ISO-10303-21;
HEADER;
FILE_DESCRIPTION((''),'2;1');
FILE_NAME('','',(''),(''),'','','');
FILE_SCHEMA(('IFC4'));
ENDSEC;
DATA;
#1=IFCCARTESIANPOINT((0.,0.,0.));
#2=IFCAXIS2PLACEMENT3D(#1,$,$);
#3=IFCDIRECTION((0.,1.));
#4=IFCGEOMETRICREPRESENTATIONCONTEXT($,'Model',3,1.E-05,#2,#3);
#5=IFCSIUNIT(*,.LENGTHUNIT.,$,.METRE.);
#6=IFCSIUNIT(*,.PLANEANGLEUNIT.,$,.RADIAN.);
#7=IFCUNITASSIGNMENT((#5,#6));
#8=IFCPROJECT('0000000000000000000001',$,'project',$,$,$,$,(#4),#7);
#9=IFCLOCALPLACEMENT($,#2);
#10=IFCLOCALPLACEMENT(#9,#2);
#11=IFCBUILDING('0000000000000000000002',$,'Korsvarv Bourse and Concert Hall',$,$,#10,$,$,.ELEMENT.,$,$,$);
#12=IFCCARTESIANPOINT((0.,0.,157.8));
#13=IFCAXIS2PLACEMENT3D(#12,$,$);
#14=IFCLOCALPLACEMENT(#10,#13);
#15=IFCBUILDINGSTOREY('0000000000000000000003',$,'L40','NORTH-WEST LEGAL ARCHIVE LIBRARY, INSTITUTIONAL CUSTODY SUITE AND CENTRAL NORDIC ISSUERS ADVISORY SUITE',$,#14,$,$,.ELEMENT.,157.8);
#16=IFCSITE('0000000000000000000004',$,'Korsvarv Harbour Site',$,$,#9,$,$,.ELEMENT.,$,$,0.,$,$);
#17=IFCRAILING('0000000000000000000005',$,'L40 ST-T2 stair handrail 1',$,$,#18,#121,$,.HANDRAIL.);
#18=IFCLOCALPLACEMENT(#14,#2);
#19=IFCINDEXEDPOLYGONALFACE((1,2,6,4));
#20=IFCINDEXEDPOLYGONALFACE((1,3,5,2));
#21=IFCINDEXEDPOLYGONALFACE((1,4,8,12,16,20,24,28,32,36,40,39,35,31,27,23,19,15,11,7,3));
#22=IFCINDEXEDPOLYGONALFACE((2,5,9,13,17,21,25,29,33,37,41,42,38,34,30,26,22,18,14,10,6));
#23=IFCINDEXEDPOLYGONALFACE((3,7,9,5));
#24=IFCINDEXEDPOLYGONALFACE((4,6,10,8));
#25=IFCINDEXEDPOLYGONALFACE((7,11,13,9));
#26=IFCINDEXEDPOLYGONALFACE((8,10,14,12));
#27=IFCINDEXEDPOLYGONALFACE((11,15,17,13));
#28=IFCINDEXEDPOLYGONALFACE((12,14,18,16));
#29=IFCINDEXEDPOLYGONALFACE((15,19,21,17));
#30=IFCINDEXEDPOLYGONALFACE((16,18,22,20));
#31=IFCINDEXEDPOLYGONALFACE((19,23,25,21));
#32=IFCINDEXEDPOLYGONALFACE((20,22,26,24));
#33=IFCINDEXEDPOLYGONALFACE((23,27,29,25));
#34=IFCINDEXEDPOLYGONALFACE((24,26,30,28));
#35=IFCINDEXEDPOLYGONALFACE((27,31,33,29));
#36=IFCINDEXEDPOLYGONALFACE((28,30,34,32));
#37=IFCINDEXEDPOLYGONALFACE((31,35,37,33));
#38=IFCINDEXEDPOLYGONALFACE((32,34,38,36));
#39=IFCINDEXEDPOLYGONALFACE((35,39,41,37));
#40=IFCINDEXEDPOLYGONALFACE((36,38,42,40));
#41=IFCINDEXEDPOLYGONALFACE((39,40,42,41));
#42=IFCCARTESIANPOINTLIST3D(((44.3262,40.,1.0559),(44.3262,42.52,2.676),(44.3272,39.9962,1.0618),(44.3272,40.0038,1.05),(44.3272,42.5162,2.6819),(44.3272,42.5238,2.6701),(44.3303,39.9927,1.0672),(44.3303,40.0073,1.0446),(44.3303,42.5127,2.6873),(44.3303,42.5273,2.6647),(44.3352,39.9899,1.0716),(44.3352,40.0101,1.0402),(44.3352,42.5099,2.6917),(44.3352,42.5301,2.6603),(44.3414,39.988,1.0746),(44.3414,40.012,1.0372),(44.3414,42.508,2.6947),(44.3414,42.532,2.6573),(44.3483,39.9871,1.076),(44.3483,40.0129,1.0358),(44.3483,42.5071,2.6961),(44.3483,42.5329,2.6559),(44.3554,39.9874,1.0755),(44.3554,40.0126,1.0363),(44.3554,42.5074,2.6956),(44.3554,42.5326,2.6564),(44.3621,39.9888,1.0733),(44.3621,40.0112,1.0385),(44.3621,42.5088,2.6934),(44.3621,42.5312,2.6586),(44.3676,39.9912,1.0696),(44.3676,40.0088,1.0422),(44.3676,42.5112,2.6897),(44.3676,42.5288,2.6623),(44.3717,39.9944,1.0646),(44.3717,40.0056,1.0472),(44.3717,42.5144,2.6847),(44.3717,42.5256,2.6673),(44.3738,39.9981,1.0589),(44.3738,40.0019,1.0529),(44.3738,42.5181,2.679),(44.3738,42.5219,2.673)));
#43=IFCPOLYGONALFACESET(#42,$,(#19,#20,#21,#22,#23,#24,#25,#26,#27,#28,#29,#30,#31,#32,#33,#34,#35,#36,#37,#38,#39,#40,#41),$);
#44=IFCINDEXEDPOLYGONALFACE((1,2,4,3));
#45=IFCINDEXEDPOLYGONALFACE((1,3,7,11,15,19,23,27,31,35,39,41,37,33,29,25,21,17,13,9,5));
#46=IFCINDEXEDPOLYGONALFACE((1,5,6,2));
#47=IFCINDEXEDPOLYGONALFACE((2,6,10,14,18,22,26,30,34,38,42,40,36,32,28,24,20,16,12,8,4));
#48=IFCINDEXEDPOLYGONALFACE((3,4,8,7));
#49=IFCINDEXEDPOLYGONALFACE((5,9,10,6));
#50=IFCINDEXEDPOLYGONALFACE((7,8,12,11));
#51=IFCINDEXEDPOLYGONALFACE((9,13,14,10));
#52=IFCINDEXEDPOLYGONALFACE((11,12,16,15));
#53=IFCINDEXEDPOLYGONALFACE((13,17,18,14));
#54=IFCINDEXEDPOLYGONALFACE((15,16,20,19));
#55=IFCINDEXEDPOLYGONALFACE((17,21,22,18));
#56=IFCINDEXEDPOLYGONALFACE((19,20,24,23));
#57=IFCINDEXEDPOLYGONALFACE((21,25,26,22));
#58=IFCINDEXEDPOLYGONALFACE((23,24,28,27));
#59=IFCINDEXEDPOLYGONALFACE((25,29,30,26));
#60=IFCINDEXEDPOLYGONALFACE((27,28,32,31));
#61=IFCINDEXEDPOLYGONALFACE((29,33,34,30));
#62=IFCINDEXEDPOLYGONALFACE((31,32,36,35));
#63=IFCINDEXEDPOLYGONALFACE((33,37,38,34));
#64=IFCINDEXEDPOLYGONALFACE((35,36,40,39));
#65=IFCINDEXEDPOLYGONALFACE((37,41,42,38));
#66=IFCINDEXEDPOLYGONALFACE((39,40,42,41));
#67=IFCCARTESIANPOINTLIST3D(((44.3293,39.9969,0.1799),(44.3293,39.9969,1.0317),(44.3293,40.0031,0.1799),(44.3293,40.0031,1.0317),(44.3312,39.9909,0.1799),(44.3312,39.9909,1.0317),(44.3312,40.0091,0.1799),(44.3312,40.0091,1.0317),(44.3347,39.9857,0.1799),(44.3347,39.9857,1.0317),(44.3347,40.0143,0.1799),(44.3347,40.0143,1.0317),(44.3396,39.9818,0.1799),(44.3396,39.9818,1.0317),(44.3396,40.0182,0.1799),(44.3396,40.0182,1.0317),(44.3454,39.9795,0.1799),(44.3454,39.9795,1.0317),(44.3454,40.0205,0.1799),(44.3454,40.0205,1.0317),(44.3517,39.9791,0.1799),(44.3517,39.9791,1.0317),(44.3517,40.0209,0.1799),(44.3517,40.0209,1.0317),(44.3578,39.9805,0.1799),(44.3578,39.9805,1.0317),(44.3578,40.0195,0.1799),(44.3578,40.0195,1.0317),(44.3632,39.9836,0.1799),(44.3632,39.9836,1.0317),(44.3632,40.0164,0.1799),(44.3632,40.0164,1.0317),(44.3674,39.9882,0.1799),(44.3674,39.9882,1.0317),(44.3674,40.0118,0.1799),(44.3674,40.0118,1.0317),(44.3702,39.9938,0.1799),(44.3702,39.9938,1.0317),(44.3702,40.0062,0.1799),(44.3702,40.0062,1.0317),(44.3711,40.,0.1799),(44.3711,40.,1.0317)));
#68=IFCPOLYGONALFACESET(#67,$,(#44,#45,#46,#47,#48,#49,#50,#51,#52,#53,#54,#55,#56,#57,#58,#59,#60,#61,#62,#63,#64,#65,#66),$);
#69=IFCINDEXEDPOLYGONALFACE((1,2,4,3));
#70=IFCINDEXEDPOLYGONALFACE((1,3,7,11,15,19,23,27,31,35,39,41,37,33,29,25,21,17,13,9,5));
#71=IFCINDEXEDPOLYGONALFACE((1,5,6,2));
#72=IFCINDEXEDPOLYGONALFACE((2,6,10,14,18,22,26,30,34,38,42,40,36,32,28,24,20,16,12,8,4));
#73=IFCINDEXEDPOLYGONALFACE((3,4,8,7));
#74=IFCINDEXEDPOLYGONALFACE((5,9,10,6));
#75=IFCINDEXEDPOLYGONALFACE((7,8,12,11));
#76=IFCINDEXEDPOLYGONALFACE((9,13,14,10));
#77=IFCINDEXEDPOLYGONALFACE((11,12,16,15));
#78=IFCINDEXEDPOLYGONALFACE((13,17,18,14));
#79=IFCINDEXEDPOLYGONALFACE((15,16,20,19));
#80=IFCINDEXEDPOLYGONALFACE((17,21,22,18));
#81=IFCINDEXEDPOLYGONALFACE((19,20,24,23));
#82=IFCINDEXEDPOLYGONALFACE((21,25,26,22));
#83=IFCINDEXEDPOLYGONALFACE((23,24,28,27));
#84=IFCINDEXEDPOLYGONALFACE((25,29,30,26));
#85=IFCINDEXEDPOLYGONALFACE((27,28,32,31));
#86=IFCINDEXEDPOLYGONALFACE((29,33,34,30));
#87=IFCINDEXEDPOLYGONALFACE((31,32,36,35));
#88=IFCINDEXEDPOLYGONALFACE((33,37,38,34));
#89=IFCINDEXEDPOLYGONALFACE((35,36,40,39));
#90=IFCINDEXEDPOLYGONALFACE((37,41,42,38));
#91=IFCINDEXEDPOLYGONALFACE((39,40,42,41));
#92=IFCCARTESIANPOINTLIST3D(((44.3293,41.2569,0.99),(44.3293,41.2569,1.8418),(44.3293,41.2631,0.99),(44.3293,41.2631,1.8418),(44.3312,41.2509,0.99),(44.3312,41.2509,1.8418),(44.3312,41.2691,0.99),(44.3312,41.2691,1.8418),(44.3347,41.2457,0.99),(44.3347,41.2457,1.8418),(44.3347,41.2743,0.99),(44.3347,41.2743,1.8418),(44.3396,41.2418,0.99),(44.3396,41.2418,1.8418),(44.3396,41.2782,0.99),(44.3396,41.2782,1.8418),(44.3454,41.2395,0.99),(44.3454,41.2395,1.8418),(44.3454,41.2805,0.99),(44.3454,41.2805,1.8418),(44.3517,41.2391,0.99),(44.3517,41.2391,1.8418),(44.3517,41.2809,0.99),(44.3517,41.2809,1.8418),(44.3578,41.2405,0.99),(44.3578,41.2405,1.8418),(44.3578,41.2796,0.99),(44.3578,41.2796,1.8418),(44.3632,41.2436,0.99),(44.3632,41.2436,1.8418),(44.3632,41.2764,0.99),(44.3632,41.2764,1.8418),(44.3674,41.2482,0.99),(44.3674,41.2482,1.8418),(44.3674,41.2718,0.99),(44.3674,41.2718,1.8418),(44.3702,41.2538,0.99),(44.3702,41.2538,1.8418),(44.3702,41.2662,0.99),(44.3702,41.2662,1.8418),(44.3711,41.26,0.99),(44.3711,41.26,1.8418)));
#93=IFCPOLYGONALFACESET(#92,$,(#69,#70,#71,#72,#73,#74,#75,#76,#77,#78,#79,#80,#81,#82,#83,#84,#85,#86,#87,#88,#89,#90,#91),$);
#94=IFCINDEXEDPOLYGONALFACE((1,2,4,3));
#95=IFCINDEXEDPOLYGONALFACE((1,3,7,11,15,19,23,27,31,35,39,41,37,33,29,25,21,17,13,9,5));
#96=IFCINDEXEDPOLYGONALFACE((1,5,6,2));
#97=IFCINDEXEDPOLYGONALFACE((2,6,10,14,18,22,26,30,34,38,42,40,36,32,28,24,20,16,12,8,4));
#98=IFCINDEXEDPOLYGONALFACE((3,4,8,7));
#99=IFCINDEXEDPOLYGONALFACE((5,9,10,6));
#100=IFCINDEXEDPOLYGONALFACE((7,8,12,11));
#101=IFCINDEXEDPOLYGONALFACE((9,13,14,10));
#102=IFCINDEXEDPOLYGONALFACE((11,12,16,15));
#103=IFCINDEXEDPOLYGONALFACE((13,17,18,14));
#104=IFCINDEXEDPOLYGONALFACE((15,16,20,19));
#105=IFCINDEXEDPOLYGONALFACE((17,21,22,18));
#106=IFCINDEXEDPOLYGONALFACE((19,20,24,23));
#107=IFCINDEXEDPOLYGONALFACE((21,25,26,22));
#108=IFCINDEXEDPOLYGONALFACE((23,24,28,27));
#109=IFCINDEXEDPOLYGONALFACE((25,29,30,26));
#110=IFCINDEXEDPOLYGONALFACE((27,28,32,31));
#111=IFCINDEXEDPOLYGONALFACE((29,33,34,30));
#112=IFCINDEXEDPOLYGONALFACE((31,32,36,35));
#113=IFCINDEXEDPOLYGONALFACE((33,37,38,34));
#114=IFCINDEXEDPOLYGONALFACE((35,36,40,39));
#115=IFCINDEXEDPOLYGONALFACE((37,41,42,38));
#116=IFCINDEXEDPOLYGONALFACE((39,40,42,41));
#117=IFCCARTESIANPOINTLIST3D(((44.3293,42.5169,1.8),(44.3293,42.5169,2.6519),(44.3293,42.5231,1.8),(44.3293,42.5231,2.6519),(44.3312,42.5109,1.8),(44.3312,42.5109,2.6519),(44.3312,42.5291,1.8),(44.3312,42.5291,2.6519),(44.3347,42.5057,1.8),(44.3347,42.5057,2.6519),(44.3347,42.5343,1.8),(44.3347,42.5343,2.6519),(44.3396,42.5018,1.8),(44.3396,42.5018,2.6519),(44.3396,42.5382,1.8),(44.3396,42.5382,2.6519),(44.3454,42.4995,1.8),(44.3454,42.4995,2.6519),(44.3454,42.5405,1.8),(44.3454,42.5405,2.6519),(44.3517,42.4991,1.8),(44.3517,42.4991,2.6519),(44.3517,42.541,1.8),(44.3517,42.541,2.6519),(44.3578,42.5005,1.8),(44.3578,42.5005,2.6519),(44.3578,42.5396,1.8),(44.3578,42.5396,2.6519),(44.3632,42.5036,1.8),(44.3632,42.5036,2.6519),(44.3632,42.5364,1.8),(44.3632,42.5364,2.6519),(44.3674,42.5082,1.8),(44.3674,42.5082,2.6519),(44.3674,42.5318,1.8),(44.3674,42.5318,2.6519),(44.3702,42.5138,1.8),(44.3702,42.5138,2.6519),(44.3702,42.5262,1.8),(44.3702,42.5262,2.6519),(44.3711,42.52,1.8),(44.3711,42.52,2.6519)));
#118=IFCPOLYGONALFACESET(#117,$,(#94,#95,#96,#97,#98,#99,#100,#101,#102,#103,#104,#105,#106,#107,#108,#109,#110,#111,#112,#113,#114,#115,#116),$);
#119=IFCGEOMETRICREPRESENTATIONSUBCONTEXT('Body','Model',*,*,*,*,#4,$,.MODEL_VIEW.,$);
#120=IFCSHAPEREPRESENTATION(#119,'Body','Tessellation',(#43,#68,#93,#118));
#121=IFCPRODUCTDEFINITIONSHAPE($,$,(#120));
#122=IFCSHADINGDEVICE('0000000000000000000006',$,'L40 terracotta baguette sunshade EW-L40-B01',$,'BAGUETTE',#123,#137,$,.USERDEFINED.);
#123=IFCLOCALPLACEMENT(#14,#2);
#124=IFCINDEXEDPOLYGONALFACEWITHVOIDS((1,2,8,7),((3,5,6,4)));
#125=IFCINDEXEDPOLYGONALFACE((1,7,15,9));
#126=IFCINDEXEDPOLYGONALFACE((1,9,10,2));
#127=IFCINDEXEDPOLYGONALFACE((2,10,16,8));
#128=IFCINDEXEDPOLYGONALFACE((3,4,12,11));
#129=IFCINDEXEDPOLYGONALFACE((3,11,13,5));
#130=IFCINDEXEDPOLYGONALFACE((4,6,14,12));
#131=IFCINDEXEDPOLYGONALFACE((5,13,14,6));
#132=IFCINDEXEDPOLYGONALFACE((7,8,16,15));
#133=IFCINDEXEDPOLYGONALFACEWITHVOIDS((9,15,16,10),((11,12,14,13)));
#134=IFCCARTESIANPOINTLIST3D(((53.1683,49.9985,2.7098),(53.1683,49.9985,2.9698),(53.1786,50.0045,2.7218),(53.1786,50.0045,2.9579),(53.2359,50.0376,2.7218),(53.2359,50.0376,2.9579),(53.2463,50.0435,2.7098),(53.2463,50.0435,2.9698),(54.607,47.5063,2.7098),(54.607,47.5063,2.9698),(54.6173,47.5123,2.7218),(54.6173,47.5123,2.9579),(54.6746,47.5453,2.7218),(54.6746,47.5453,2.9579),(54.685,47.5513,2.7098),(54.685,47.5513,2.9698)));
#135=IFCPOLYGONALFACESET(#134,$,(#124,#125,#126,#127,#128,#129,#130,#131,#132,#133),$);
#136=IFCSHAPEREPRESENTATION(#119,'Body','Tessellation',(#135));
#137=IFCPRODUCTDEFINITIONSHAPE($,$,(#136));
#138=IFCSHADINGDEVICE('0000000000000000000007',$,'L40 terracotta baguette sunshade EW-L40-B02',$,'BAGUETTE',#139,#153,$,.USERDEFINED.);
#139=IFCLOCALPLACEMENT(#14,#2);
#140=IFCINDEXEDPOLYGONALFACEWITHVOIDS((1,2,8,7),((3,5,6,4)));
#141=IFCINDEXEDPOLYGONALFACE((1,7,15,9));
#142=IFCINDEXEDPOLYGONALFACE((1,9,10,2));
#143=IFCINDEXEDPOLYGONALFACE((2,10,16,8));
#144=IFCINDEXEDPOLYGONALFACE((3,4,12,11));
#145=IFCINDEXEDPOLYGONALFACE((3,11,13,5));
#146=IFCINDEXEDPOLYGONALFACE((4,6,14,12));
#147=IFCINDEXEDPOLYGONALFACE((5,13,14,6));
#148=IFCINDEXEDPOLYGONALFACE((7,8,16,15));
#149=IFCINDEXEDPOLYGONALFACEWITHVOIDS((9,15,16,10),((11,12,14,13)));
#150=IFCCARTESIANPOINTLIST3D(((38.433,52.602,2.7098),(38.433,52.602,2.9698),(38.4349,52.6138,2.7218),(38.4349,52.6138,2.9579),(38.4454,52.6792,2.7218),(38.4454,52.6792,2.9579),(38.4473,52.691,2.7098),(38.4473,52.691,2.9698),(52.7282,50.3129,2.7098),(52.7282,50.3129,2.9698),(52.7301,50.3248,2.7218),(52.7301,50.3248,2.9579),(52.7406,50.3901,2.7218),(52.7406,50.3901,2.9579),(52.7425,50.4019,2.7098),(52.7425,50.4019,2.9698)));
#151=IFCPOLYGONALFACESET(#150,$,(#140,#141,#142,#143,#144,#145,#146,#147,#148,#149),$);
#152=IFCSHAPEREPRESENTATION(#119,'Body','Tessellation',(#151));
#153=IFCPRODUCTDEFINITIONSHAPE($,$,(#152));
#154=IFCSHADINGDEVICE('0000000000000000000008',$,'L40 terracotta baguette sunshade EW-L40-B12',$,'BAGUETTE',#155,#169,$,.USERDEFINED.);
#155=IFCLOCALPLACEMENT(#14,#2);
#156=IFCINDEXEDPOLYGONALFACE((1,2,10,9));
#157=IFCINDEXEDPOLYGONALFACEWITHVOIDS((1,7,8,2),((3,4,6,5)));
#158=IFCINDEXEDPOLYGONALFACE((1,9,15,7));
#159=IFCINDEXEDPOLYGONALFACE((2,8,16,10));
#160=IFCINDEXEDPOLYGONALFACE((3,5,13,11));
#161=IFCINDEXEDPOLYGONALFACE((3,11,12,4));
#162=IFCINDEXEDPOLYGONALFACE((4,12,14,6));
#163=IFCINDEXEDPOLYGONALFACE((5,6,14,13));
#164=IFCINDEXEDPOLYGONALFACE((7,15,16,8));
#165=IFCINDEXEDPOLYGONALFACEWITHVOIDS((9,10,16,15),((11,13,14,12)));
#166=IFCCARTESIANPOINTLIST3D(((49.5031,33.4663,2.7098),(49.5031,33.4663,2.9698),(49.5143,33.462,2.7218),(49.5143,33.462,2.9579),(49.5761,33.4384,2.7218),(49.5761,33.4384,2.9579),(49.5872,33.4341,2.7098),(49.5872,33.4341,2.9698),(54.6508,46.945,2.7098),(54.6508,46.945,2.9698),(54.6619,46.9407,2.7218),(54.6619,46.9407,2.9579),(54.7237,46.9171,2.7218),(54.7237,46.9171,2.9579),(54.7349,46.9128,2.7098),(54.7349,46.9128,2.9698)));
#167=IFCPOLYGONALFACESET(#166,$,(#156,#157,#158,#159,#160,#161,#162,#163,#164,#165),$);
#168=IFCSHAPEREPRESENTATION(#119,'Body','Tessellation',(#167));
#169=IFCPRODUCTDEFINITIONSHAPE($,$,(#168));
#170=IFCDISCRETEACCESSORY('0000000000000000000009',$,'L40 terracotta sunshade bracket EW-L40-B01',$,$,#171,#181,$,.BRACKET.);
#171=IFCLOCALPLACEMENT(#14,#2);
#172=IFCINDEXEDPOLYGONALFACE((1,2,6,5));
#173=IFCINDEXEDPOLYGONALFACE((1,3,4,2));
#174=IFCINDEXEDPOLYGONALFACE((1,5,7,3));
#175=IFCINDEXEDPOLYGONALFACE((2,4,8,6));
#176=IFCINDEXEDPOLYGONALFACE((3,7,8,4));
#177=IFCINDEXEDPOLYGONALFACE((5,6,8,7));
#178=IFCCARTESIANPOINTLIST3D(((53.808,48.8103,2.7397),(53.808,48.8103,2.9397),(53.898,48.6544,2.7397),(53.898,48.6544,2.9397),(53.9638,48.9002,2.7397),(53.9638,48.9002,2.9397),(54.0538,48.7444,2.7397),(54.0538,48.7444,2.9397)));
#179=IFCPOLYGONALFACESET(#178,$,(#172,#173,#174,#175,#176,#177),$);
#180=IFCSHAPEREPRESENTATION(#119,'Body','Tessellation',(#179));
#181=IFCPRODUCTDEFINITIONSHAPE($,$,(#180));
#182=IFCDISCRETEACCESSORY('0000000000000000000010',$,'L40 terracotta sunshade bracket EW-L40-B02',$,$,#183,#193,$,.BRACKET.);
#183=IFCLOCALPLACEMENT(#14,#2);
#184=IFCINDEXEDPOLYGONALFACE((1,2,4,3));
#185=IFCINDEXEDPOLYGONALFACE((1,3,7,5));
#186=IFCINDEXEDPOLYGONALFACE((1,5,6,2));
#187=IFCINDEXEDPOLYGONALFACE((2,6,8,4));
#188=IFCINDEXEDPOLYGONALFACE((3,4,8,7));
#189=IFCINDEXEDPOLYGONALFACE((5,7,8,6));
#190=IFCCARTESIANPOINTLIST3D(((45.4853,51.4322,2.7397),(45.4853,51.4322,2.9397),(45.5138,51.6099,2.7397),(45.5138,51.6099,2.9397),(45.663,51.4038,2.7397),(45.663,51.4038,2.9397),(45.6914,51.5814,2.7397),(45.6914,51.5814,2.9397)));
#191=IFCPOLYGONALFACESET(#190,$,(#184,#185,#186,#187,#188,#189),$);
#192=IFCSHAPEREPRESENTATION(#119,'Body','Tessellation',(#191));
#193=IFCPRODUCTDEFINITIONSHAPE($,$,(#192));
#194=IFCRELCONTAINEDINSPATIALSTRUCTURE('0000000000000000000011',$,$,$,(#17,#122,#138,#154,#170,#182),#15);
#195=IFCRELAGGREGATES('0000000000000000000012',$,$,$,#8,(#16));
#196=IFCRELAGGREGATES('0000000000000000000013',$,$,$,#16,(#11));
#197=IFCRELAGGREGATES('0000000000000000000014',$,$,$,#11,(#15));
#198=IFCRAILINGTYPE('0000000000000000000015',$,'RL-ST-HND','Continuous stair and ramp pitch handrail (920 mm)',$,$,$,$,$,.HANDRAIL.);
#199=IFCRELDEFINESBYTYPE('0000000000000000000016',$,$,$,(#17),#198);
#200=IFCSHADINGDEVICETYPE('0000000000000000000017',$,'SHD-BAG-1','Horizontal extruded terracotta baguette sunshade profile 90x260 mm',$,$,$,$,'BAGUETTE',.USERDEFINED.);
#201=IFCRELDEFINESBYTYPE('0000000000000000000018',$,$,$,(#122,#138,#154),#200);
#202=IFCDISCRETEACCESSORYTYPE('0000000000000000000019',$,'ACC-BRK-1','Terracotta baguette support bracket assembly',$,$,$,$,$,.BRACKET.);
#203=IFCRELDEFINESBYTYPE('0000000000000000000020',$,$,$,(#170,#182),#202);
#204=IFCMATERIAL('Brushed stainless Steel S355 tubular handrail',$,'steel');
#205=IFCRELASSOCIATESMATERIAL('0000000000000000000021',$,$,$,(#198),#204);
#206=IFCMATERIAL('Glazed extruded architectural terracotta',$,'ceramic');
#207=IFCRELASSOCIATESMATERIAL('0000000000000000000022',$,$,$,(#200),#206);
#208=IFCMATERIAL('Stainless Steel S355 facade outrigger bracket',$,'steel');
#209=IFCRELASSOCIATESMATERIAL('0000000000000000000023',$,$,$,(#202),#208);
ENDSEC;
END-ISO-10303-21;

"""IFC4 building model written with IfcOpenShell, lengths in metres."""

from ifc_helpers import new_model, si_unit, direction, frame, origin, origin_2d, place, context, subcontext, project, spatial, rectangle, hollow_rectangle, circle, extrude, source, transform, mapped, material, material_profile, profile_set, type_object, element, save


model = new_model("IFC4")

# Units and contexts
model_context = context("Model", 3, precision=1e-05, world=origin(), true_north=direction((0.0, 1.0)))
body_context = subcontext(model_context, "Body", "Model", "MODEL_VIEW")
ifc_project = project(units=[si_unit("LENGTHUNIT", "METRE"), si_unit("PLANEANGLEUNIT", "RADIAN")], contexts=[model_context])

# Site, building, storey
site_placement = place(None, origin())
site = spatial("IfcSite", under=ifc_project, at=site_placement, Name="Korsvarv Harbour Site", CompositionType="ELEMENT", RefElevation=0.0)
building_placement = place(site_placement, origin())
building = spatial("IfcBuilding", under=site, at=building_placement, Name="Korsvarv Bourse and Concert Hall", CompositionType="ELEMENT")
storey_placement = place(building_placement, frame((0.0, 0.0, 157.8)))
storey = spatial("IfcBuildingStorey", under=building, at=storey_placement, Name="L40", Description="NORTH-WEST LEGAL ARCHIVE LIBRARY, INSTITUTIONAL CUSTODY SUITE AND CENTRAL NORDIC ISSUERS ADVISORY SUITE", CompositionType="ELEMENT", Elevation=157.8)

# Railing
ifc_material_1 = material(Name="Brushed stainless Steel S355 tubular handrail", Category="steel")
railing_type_1 = type_object("IfcRailingType", Name="RL-ST-HND", Description="Continuous stair and ramp pitch handrail (920 mm)", PredefinedType="HANDRAIL", material=ifc_material_1)
railing_1_placement = place(storey_placement, frame((44.3501, 40.0, 0.1799)))
element("IfcRailing", 1, at=railing_1_placement, inside=storey, type_object=railing_type_1, Name="L40 ST-T2 stair handrail 1", PredefinedType="HANDRAIL", context=body_context, shape_type="SweptSolid", body=[
    extrude(circle(Radius=0.0239, at=origin_2d()), frame((0.0, 0.0, 0.876), z_axis=(0.0, 0.841163, 0.540782), x_axis=(-1.0, 0.0, 0.0)), (0.0, 0.0, 1.0), 2.9958),
    extrude(circle(Radius=0.021, at=origin_2d()), origin(), (0.0, 0.0, 1.0), 0.8518),
    extrude(circle(Radius=0.021, at=origin_2d()), frame((0.0, 1.26, 0.8101)), (0.0, 0.0, 1.0), 0.8518),
    extrude(circle(Radius=0.021, at=origin_2d()), frame((0.0, 2.52, 1.6201)), (0.0, 0.0, 1.0), 0.8518),
])

# Shading devices
ifc_material_2 = material(Name="Glazed extruded architectural terracotta", Category="ceramic")
ifc_material_profile_1 = material_profile(ifc_material_2, hollow_rectangle(XDim=0.0901, YDim=0.26, WallThickness=0.012, at=origin_2d()), Name="TC-BAG 90x260")
ifc_profile_set_1 = profile_set([ifc_material_profile_1], Name="Glazed extruded architectural terracotta")
shading_device_type = type_object("IfcShadingDeviceType", Name="SHD-BAG-1", Description="Horizontal extruded terracotta baguette sunshade profile 90x260 mm", ElementType="BAGUETTE", PredefinedType="USERDEFINED", material=ifc_profile_set_1)
shared_shape_1 = source(origin(), body_context, "Body", "SweptSolid", [
    extrude(hollow_rectangle(XDim=0.0901, YDim=0.26, WallThickness=0.012, at=origin_2d()), origin(), (0.0, 0.0, 1.0), 2.8777),
])
shading_device_1_placement = place(storey_placement, frame((54.646, 47.5288, 2.8398), z_axis=(-0.499962, 0.866047, 0.0), x_axis=(-0.866047, -0.499962, 0.0)))
element("IfcShadingDevice", 2, at=shading_device_1_placement, inside=storey, type_object=shading_device_type, Name="L40 terracotta baguette sunshade EW-L40-B01", ObjectType="BAGUETTE", PredefinedType="USERDEFINED", context=body_context, shape_type="MappedRepresentation", body=[
    mapped(shared_shape_1, transform((0.0, 0.0, 0.0), scale=1.0)),
])
shared_shape_2 = source(origin(), body_context, "Body", "SweptSolid", [
    extrude(hollow_rectangle(XDim=0.0901, YDim=0.26, WallThickness=0.012, at=origin_2d()), origin(), (0.0, 0.0, 1.0), 14.4773),
])
shading_device_2_placement = place(storey_placement, frame((52.7354, 50.3574, 2.8398), z_axis=(-0.987421, 0.158114, 0.0), x_axis=(-0.158114, -0.987421, 0.0)))
element("IfcShadingDevice", 3, at=shading_device_2_placement, inside=storey, type_object=shading_device_type, Name="L40 terracotta baguette sunshade EW-L40-B02", ObjectType="BAGUETTE", PredefinedType="USERDEFINED", context=body_context, shape_type="MappedRepresentation", body=[
    mapped(shared_shape_2, transform((0.0, 0.0, 0.0), scale=1.0)),
])
shared_shape_3 = source(origin(), body_context, "Body", "SweptSolid", [
    extrude(hollow_rectangle(XDim=0.0901, YDim=0.26, WallThickness=0.012, at=origin_2d()), origin(), (0.0, 0.0, 1.0), 14.4282),
])
shading_device_3_placement = place(storey_placement, frame((49.5452, 33.4502, 2.8398), z_axis=(0.356778, 0.934189, 0.0), x_axis=(-0.934189, 0.356778, 0.0)))
element("IfcShadingDevice", 4, at=shading_device_3_placement, inside=storey, type_object=shading_device_type, Name="L40 terracotta baguette sunshade EW-L40-B12", ObjectType="BAGUETTE", PredefinedType="USERDEFINED", context=body_context, shape_type="MappedRepresentation", body=[
    mapped(shared_shape_3, transform((0.0, 0.0, 0.0), scale=1.0)),
])

# Discrete accessories
ifc_material_3 = material(Name="Stainless Steel S355 facade outrigger bracket", Category="steel")
discrete_accessory_type = type_object("IfcDiscreteAccessoryType", Name="ACC-BRK-1", Description="Terracotta baguette support bracket assembly", PredefinedType="BRACKET", material=ifc_material_3)
shared_shape_4 = source(origin(), body_context, "Body", "SweptSolid", [
    extrude(rectangle(XDim=0.1799, YDim=0.1799, at=origin_2d()), origin(), (0.0, 0.0, 1.0), 0.2),
])
for number, where, z_axis, x_axis, name in (
    (5, (53.9309, 48.7773, 2.7397), (0.0, 0.0, 1.0), (-0.5, 0.866025, 0.0), "L40 terracotta sunshade bracket EW-L40-B01"),
    (6, (45.5884, 51.5068, 2.7397), (0.0, 0.0, 1.0), (-0.987414, 0.158158, 0.0), "L40 terracotta sunshade bracket EW-L40-B02"),
):
    element("IfcDiscreteAccessory", number, at=place(storey_placement, frame(where, z_axis=z_axis, x_axis=x_axis)), inside=storey, type_object=discrete_accessory_type, Name=name, PredefinedType="BRACKET", context=body_context, shape_type="MappedRepresentation", body=[
        mapped(shared_shape_4, transform((0.0, 0.0, 0.0), scale=1.0)),
    ])

save(model, "model.ifc")
